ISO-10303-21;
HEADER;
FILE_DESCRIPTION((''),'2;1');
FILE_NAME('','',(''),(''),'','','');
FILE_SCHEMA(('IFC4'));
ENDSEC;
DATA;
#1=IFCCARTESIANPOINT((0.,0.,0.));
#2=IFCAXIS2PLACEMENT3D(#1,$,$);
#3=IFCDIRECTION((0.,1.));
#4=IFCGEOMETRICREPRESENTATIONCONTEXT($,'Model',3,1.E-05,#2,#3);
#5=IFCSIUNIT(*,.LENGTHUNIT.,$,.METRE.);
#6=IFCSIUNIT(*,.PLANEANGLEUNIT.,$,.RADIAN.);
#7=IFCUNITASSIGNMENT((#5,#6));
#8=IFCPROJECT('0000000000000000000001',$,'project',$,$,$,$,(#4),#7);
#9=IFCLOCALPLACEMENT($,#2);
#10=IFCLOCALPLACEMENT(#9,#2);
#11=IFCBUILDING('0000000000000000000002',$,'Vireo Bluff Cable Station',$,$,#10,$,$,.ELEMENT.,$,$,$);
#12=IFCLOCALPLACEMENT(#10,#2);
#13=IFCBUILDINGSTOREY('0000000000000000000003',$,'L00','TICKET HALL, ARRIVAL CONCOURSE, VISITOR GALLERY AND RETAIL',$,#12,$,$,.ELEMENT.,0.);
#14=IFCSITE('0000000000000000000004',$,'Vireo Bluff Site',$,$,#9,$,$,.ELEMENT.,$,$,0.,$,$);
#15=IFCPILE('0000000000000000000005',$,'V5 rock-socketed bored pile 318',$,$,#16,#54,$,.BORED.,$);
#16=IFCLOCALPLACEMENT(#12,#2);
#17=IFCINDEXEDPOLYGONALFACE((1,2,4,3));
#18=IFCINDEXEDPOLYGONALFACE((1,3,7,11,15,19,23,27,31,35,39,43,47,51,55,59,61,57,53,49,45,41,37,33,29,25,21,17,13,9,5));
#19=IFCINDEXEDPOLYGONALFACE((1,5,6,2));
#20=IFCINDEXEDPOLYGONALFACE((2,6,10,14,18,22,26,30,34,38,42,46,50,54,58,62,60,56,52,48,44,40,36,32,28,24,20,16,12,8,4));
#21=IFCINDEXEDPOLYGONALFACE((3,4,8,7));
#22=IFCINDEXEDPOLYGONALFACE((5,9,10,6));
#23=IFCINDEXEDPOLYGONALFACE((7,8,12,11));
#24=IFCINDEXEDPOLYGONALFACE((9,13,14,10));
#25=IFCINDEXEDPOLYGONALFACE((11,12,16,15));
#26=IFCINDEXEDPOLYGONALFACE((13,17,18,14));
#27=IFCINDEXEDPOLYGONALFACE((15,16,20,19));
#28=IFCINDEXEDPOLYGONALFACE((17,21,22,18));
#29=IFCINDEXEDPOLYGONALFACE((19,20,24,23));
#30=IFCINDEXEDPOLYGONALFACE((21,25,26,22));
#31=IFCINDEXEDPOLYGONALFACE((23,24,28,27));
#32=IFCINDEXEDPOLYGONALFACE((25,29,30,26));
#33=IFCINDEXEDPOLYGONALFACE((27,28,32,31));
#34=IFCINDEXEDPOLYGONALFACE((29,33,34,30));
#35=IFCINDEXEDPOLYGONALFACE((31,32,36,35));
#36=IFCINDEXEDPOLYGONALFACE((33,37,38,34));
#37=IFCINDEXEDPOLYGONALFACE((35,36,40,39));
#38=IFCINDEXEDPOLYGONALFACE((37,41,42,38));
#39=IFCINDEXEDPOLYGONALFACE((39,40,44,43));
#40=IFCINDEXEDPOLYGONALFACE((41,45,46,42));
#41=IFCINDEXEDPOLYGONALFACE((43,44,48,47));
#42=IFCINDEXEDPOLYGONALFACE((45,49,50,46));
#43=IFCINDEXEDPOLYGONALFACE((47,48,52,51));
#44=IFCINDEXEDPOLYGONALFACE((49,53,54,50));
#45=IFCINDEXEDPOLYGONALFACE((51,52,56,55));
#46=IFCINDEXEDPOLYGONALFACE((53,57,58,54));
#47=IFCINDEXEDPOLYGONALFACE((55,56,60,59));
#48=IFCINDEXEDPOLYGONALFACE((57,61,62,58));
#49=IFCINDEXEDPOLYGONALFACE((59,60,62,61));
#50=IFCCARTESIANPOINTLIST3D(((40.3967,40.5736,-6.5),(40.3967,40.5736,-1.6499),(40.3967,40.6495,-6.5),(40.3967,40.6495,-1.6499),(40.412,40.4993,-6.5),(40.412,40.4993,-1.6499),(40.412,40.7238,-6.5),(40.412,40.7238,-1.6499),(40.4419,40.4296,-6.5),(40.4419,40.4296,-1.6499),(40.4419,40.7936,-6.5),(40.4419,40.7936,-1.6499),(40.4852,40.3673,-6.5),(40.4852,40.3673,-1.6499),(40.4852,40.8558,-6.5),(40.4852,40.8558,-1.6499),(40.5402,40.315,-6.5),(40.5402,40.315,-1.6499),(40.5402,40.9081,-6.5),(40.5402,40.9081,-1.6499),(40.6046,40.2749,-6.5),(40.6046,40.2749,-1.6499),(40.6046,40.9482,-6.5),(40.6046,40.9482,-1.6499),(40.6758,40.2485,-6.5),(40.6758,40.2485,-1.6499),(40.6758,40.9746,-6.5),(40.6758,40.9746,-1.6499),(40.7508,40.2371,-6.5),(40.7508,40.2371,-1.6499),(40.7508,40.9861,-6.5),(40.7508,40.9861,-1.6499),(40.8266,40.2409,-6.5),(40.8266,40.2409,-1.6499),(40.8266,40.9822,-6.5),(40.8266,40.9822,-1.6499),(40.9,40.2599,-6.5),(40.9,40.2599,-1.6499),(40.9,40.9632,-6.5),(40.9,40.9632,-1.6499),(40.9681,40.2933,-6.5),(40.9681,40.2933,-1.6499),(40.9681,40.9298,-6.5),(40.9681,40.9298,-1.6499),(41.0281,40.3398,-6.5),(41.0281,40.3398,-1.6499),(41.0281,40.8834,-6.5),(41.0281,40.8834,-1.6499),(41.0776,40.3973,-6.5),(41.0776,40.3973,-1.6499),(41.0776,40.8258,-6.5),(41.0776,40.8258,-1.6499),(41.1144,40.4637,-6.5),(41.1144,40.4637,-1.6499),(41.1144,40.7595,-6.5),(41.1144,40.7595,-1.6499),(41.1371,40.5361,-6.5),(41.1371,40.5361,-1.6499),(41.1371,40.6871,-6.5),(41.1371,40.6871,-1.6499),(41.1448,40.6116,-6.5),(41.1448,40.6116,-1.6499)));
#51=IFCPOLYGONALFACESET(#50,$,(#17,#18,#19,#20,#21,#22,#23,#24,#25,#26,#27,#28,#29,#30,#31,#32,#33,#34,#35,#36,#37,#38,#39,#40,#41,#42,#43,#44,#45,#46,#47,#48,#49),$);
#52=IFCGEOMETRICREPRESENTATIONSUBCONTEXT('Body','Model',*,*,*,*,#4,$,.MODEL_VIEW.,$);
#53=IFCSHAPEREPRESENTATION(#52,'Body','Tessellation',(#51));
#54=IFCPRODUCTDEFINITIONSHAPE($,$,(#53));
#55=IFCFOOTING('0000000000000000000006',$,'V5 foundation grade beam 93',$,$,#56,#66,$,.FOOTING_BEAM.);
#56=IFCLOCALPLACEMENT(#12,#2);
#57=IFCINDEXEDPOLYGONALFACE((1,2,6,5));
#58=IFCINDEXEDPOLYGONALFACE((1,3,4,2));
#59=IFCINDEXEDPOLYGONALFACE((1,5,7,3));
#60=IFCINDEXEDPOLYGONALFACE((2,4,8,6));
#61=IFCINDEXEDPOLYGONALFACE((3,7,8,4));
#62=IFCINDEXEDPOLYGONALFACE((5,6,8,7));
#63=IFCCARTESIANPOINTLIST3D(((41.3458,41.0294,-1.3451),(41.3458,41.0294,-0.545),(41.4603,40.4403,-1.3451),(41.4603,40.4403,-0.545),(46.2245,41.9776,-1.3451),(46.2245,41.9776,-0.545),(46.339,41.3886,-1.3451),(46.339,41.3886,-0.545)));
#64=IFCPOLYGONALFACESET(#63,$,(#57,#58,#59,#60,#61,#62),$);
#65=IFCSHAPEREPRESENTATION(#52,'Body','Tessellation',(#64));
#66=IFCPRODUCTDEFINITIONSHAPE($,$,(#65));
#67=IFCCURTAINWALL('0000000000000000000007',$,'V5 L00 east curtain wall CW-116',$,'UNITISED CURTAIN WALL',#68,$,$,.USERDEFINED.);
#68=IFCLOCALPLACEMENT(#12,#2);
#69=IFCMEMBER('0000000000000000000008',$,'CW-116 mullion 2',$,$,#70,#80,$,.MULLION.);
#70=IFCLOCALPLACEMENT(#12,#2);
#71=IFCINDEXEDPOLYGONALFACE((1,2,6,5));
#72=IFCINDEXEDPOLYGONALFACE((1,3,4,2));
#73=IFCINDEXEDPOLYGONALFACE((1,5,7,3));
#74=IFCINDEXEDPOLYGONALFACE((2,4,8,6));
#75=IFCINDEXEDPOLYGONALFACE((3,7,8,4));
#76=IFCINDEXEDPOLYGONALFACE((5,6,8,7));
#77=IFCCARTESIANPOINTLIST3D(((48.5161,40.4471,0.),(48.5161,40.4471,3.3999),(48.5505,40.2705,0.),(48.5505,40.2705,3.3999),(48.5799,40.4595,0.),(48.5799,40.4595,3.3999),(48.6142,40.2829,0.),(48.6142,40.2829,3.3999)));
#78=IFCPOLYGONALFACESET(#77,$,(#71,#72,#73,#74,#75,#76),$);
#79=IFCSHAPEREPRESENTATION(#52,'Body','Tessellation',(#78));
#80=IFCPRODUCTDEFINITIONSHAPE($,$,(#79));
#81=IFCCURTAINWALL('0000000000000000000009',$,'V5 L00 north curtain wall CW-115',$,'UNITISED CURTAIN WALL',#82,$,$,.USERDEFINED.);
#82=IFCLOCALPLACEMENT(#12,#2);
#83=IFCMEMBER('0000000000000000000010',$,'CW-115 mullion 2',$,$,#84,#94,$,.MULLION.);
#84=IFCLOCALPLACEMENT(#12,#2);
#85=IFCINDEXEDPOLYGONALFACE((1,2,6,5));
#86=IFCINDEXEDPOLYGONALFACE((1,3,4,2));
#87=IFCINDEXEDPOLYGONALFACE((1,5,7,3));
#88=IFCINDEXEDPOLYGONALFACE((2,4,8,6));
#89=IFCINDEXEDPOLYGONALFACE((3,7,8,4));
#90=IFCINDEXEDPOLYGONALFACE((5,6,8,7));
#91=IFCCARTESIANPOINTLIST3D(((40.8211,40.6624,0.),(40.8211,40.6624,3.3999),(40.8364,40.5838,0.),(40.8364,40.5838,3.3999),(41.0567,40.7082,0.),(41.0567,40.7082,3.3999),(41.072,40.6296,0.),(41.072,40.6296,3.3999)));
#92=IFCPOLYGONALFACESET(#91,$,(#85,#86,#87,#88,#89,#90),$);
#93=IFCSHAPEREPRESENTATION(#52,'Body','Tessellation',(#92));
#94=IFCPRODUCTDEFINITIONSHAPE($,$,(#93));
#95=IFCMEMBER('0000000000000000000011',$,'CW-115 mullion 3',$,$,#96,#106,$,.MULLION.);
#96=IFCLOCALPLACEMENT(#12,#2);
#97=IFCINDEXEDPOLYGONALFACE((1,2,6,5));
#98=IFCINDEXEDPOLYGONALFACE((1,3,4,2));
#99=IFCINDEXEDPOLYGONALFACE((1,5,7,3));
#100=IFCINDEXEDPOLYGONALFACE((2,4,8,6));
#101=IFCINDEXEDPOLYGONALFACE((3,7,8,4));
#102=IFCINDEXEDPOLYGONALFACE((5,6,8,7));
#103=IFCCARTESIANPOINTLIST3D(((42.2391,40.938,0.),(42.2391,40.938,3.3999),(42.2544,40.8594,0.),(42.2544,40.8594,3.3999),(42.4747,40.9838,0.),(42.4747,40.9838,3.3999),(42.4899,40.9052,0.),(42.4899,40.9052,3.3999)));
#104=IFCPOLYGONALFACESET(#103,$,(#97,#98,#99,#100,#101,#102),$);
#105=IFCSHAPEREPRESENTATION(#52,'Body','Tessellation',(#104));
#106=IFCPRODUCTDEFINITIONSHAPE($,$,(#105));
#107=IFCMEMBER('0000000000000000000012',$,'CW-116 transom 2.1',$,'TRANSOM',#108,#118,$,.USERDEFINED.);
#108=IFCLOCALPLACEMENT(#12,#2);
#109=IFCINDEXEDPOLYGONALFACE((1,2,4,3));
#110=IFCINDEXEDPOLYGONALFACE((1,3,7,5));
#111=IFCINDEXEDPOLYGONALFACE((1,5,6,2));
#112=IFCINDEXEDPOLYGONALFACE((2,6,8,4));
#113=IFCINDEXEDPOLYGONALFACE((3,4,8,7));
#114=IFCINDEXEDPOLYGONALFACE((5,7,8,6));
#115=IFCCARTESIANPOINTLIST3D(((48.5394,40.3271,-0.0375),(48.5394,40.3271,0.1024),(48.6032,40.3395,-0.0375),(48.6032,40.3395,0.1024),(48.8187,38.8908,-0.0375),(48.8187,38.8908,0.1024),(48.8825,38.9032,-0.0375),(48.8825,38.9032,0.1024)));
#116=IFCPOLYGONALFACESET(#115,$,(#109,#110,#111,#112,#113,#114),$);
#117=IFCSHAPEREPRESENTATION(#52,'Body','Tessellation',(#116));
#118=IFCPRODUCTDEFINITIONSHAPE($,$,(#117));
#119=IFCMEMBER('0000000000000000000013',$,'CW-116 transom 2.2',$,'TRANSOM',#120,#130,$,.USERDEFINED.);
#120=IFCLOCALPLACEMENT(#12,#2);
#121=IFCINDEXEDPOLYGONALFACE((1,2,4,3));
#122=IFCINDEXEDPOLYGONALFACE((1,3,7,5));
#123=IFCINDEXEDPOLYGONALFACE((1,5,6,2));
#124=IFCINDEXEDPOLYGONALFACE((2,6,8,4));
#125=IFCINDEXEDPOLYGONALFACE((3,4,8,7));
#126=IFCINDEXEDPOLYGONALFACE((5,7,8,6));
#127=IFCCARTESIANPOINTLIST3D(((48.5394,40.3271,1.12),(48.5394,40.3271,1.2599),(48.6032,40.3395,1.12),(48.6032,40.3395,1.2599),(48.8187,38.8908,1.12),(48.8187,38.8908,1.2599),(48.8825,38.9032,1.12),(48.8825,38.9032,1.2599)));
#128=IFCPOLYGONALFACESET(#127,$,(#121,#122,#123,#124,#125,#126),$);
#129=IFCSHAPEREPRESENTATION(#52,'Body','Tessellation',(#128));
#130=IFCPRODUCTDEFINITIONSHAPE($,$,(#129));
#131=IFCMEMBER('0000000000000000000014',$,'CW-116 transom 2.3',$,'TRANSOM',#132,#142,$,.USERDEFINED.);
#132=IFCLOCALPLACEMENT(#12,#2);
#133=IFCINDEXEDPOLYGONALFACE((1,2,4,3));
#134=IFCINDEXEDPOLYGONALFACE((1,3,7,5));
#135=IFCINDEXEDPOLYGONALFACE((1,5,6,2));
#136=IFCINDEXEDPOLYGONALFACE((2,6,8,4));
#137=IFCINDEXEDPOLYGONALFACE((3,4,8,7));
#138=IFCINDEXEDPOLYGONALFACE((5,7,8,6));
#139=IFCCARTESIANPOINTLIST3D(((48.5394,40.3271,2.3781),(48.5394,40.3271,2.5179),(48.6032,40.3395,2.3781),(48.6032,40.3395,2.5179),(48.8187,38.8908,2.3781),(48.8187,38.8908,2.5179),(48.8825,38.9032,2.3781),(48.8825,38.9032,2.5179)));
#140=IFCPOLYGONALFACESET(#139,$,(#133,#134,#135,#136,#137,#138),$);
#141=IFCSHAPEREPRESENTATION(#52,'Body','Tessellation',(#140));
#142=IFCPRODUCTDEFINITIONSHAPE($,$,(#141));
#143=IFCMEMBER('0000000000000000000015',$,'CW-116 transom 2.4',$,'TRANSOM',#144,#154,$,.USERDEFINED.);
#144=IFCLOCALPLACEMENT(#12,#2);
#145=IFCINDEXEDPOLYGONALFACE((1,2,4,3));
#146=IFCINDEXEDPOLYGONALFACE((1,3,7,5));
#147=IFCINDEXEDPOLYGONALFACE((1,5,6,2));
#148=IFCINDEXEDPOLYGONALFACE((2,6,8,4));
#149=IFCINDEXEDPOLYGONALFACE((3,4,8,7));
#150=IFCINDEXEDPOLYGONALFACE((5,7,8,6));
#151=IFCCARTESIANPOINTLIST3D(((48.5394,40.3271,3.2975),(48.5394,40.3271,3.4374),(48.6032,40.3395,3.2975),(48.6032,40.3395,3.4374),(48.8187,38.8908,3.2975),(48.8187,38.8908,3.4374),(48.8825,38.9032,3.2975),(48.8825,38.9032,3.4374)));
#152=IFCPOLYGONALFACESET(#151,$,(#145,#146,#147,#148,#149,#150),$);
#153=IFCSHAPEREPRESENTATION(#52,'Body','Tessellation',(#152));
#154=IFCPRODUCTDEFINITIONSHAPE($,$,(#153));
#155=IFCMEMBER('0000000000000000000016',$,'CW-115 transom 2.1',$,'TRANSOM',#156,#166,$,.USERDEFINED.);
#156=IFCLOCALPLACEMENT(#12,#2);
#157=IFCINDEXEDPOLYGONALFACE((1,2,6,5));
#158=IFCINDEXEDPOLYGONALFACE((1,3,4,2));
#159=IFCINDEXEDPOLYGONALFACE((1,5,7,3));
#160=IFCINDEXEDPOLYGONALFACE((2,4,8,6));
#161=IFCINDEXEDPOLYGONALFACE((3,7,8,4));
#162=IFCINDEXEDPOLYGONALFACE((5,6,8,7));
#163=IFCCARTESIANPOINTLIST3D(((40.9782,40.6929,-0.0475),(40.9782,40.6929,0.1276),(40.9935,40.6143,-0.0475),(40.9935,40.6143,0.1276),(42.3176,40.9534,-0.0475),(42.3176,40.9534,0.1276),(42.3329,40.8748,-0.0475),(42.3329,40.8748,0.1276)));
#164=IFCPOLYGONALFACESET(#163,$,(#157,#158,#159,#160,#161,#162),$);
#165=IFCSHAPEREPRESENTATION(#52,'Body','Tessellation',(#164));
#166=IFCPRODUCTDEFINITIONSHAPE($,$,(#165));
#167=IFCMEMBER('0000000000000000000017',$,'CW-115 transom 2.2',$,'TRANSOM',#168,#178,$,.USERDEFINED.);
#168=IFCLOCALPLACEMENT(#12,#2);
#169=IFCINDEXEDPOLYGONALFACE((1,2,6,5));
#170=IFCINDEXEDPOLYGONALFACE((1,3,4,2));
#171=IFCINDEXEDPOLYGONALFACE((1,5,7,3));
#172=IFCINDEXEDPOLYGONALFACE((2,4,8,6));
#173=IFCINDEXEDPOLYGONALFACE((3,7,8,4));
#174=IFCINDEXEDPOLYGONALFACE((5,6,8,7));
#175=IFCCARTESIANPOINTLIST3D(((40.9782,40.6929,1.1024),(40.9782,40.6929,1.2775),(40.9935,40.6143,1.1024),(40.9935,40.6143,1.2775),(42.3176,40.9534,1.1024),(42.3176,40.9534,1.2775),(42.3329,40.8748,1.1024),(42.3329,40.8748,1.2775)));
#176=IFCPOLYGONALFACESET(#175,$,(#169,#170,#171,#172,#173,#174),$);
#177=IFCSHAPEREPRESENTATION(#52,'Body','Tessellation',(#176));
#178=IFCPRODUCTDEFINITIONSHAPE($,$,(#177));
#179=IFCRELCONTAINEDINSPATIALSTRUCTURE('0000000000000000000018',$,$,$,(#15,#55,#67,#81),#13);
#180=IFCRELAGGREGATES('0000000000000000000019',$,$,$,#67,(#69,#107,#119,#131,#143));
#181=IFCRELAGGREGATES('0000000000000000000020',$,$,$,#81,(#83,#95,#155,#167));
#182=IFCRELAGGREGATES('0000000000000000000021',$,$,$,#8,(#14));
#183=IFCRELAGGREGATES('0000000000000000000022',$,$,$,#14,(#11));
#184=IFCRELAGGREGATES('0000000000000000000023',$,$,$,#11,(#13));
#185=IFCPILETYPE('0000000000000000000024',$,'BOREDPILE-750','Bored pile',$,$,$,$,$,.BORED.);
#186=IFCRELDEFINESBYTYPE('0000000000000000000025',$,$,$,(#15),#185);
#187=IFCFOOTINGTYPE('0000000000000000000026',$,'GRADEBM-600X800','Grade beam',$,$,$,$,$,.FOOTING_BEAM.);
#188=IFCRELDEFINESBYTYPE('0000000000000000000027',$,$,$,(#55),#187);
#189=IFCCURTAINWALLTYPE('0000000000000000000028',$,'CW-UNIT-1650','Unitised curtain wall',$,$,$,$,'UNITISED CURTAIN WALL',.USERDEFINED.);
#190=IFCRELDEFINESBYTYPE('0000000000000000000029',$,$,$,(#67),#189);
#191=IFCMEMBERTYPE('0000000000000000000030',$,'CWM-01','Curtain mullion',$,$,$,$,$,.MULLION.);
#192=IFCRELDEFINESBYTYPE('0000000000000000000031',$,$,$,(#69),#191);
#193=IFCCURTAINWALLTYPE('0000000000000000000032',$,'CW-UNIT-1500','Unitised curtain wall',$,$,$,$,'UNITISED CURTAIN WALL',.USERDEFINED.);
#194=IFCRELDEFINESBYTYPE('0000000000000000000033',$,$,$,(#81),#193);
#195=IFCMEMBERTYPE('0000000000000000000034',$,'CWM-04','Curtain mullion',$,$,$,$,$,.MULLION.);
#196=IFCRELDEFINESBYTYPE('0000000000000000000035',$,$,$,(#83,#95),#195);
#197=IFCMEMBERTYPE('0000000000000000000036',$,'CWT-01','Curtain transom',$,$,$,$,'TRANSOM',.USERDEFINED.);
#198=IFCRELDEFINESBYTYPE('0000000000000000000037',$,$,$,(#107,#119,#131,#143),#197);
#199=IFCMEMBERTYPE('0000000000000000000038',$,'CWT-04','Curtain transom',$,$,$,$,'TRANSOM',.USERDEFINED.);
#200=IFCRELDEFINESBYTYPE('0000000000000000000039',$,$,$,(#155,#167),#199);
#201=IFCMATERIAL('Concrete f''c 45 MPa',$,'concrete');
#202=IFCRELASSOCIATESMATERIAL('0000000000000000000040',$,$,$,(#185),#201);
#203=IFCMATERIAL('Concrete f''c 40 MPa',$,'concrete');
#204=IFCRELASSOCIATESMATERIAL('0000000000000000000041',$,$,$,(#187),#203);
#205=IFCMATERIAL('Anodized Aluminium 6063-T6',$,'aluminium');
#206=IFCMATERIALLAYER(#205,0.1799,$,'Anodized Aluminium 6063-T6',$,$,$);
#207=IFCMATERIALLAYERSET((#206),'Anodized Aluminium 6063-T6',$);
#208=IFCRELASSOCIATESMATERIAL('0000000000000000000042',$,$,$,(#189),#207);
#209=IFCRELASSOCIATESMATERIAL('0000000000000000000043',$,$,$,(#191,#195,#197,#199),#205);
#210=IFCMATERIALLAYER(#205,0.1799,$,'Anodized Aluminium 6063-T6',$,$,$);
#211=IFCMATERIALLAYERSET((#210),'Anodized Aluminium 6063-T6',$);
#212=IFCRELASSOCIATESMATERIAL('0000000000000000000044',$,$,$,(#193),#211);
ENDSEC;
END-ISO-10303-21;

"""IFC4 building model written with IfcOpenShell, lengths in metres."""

from ifc_helpers import new_model, si_unit, direction, frame, origin, origin_2d, place, context, subcontext, project, spatial, rectangle, circle, extrude, material, layer, layer_set, material_profile, profile_set, type_object, element, aggregate, save


model = new_model("IFC4")

# Units and contexts
model_context = context("Model", 3, precision=1e-05, world=origin(), true_north=direction((0.0, 1.0)))
body_context = subcontext(model_context, "Body", "Model", "MODEL_VIEW")
ifc_project = project(units=[si_unit("LENGTHUNIT", "METRE"), si_unit("PLANEANGLEUNIT", "RADIAN")], contexts=[model_context])

# Site, building, storey
site_placement = place(None, origin())
site = spatial("IfcSite", under=ifc_project, at=site_placement, Name="Vireo Bluff Site", CompositionType="ELEMENT", RefElevation=0.0)
building_placement = place(site_placement, origin())
building = spatial("IfcBuilding", under=site, at=building_placement, Name="Vireo Bluff Cable Station", CompositionType="ELEMENT")
storey_placement = place(building_placement, origin())
storey = spatial("IfcBuildingStorey", under=building, at=storey_placement, Name="L00", Description="TICKET HALL, ARRIVAL CONCOURSE, VISITOR GALLERY AND RETAIL", CompositionType="ELEMENT", Elevation=0.0)

# Pile
ifc_material_1 = material(Name="Concrete f'c 45 MPa", Category="concrete")
ifc_material_profile_1 = material_profile(ifc_material_1, circle(Radius=0.375, at=origin_2d()), Name="BOREDPILE-750")
ifc_profile_set_1 = profile_set([ifc_material_profile_1], Name="Concrete f'c 45 MPa")
pile_type = type_object("IfcPileType", Name="BOREDPILE-750", Description="Bored pile", PredefinedType="BORED", material=ifc_profile_set_1)
pile_placement = place(storey_placement, frame((40.7698, 40.6116, -1.6499), z_axis=(0.0, 0.0, -1.0), x_axis=(1.0, 0.0, 0.0)))
element("IfcPile", 1, at=pile_placement, inside=storey, type_object=pile_type, Name="V5 rock-socketed bored pile 318", PredefinedType="BORED", context=body_context, shape_type="SweptSolid", body=[
    extrude(circle(Radius=0.375, at=origin_2d()), origin(), (0.0, 0.0, 1.0), 4.8501),
])

# Footing
ifc_material_2 = material(Name="Concrete f'c 40 MPa", Category="concrete")
ifc_material_profile_2 = material_profile(ifc_material_2, rectangle(XDim=0.6001, YDim=0.8, at=origin_2d()), Name="GRADEBM-600X800")
ifc_profile_set_2 = profile_set([ifc_material_profile_2], Name="Concrete f'c 40 MPa")
footing_type = type_object("IfcFootingType", Name="GRADEBM-600X800", Description="Grade beam", PredefinedType="FOOTING_BEAM", material=ifc_profile_set_2)
footing_placement = place(storey_placement, frame((41.4031, 40.7349, -0.9451), z_axis=(0.98163, 0.190795, 0.0), x_axis=(-0.190795, 0.98163, 0.0)))
element("IfcFooting", 2, at=footing_placement, inside=storey, type_object=footing_type, Name="V5 foundation grade beam 93", PredefinedType="FOOTING_BEAM", context=body_context, shape_type="SweptSolid", body=[
    extrude(rectangle(XDim=0.6001, YDim=0.8, at=origin_2d()), origin(), (0.0, 0.0, 1.0), 4.97),
])

# Curtain wall, member
ifc_material_3 = material(Name="Anodized Aluminium 6063-T6", Category="aluminium")
ifc_layer_1 = layer(ifc_material_3, 0.1799, Name="Anodized Aluminium 6063-T6")
ifc_layer_set_1 = layer_set([ifc_layer_1], Name="Anodized Aluminium 6063-T6")
curtain_wall_type_1 = type_object("IfcCurtainWallType", Name="CW-UNIT-1650", Description="Unitised curtain wall", ElementType="UNITISED CURTAIN WALL", PredefinedType="USERDEFINED", material=ifc_layer_set_1)
curtain_wall_1_placement = place(storey_placement, origin())
curtain_wall_1 = element("IfcCurtainWall", 3, at=curtain_wall_1_placement, inside=storey, type_object=curtain_wall_type_1, Name="V5 L00 east curtain wall CW-116", ObjectType="UNITISED CURTAIN WALL", PredefinedType="USERDEFINED")
ifc_material_profile_3 = material_profile(ifc_material_3, rectangle(XDim=0.0649, YDim=0.1799, at=origin_2d()), Name="ALU-M-65X180")
ifc_profile_set_3 = profile_set([ifc_material_profile_3], Name="Anodized Aluminium 6063-T6")
member_type_1 = type_object("IfcMemberType", Name="CWM-01", Description="Curtain mullion", PredefinedType="MULLION", material=ifc_profile_set_3)
member_1_placement = place(storey_placement, frame((48.5652, 40.365, 0.0), z_axis=(0.0, 0.0, 1.0), x_axis=(0.981627, 0.190809, 0.0)))
member_1 = element("IfcMember", 4, at=member_1_placement, type_object=member_type_1, Name="CW-116 mullion 2", PredefinedType="MULLION", context=body_context, shape_type="SweptSolid", body=[
    extrude(rectangle(XDim=0.0649, YDim=0.1799, at=origin_2d()), origin(), (0.0, 0.0, 1.0), 3.3999),
])

# Curtain wall, members
ifc_layer_2 = layer(ifc_material_3, 0.1799, Name="Anodized Aluminium 6063-T6")
ifc_layer_set_2 = layer_set([ifc_layer_2], Name="Anodized Aluminium 6063-T6")
curtain_wall_type_2 = type_object("IfcCurtainWallType", Name="CW-UNIT-1500", Description="Unitised curtain wall", ElementType="UNITISED CURTAIN WALL", PredefinedType="USERDEFINED", material=ifc_layer_set_2)
curtain_wall_2_placement = place(storey_placement, origin())
curtain_wall_2 = element("IfcCurtainWall", 5, at=curtain_wall_2_placement, inside=storey, type_object=curtain_wall_type_2, Name="V5 L00 north curtain wall CW-115", ObjectType="UNITISED CURTAIN WALL", PredefinedType="USERDEFINED")
ifc_material_profile_4 = material_profile(ifc_material_3, rectangle(XDim=0.0801, YDim=0.24, at=origin_2d()), Name="ALU-M-80X240")
ifc_profile_set_4 = profile_set([ifc_material_profile_4], Name="Anodized Aluminium 6063-T6")
member_type_2 = type_object("IfcMemberType", Name="CWM-04", Description="Curtain mullion", PredefinedType="MULLION", material=ifc_profile_set_4)
member_2_placement = place(storey_placement, frame((40.9465, 40.646, 0.0), z_axis=(0.0, 0.0, 1.0), x_axis=(-0.190809, 0.981627, 0.0)))
member_2 = element("IfcMember", 6, at=member_2_placement, type_object=member_type_2, Name="CW-115 mullion 2", PredefinedType="MULLION", context=body_context, shape_type="SweptSolid", body=[
    extrude(rectangle(XDim=0.0801, YDim=0.24, at=origin_2d()), origin(), (0.0, 0.0, 1.0), 3.3999),
])
member_3_placement = place(storey_placement, frame((42.3645, 40.9216, 0.0), z_axis=(0.0, 0.0, 1.0), x_axis=(-0.190809, 0.981627, 0.0)))
member_3 = element("IfcMember", 7, at=member_3_placement, type_object=member_type_2, Name="CW-115 mullion 3", PredefinedType="MULLION", context=body_context, shape_type="SweptSolid", body=[
    extrude(rectangle(XDim=0.0801, YDim=0.24, at=origin_2d()), origin(), (0.0, 0.0, 1.0), 3.3999),
])

# Members
ifc_material_profile_5 = material_profile(ifc_material_3, rectangle(XDim=0.0649, YDim=0.1399, at=origin_2d()), Name="ALU-T-65X140")
ifc_profile_set_5 = profile_set([ifc_material_profile_5], Name="Anodized Aluminium 6063-T6")
member_type_3 = type_object("IfcMemberType", Name="CWT-01", Description="Curtain transom", ElementType="TRANSOM", PredefinedType="USERDEFINED", material=ifc_profile_set_5)
member_4_placement = place(storey_placement, frame((48.5713, 40.3333, 0.0325), z_axis=(0.190883, -0.981613, 0.0), x_axis=(0.981613, 0.190883, 0.0)))
member_4 = element("IfcMember", 8, at=member_4_placement, type_object=member_type_3, Name="CW-116 transom 2.1", ObjectType="TRANSOM", PredefinedType="USERDEFINED", context=body_context, shape_type="SweptSolid", body=[
    extrude(rectangle(XDim=0.0649, YDim=0.1399, at=origin_2d()), origin(), (0.0, 0.0, 1.0), 1.4631),
])
member_5_placement = place(storey_placement, frame((48.5713, 40.3333, 1.1899), z_axis=(0.190883, -0.981613, 0.0), x_axis=(0.981613, 0.190883, 0.0)))
member_5 = element("IfcMember", 9, at=member_5_placement, type_object=member_type_3, Name="CW-116 transom 2.2", ObjectType="TRANSOM", PredefinedType="USERDEFINED", context=body_context, shape_type="SweptSolid", body=[
    extrude(rectangle(XDim=0.0649, YDim=0.1399, at=origin_2d()), origin(), (0.0, 0.0, 1.0), 1.4631),
])
member_6_placement = place(storey_placement, frame((48.5713, 40.3333, 2.448), z_axis=(0.190883, -0.981613, 0.0), x_axis=(0.981613, 0.190883, 0.0)))
member_6 = element("IfcMember", 10, at=member_6_placement, type_object=member_type_3, Name="CW-116 transom 2.3", ObjectType="TRANSOM", PredefinedType="USERDEFINED", context=body_context, shape_type="SweptSolid", body=[
    extrude(rectangle(XDim=0.0649, YDim=0.1399, at=origin_2d()), origin(), (0.0, 0.0, 1.0), 1.4631),
])
member_7_placement = place(storey_placement, frame((48.5713, 40.3333, 3.3674), z_axis=(0.190883, -0.981613, 0.0), x_axis=(0.981613, 0.190883, 0.0)))
member_7 = element("IfcMember", 11, at=member_7_placement, type_object=member_type_3, Name="CW-116 transom 2.4", ObjectType="TRANSOM", PredefinedType="USERDEFINED", context=body_context, shape_type="SweptSolid", body=[
    extrude(rectangle(XDim=0.0649, YDim=0.1399, at=origin_2d()), origin(), (0.0, 0.0, 1.0), 1.4631),
])
aggregate(curtain_wall_1, [member_1, member_4, member_5, member_6, member_7])
ifc_material_profile_6 = material_profile(ifc_material_3, rectangle(XDim=0.0801, YDim=0.175, at=origin_2d()), Name="ALU-T-80X175")
ifc_profile_set_6 = profile_set([ifc_material_profile_6], Name="Anodized Aluminium 6063-T6")
member_type_4 = type_object("IfcMemberType", Name="CWT-04", Description="Curtain transom", ElementType="TRANSOM", PredefinedType="USERDEFINED", material=ifc_profile_set_6)
member_8_placement = place(storey_placement, frame((40.9858, 40.6536, 0.04), z_axis=(0.981606, 0.190918, 0.0), x_axis=(-0.190918, 0.981606, 0.0)))
member_8 = element("IfcMember", 12, at=member_8_placement, type_object=member_type_4, Name="CW-115 transom 2.1", ObjectType="TRANSOM", PredefinedType="USERDEFINED", context=body_context, shape_type="SweptSolid", body=[
    extrude(rectangle(XDim=0.0801, YDim=0.175, at=origin_2d()), origin(), (0.0, 0.0, 1.0), 1.3645),
])
member_9_placement = place(storey_placement, frame((40.9858, 40.6536, 1.1899), z_axis=(0.981606, 0.190918, 0.0), x_axis=(-0.190918, 0.981606, 0.0)))
member_9 = element("IfcMember", 13, at=member_9_placement, type_object=member_type_4, Name="CW-115 transom 2.2", ObjectType="TRANSOM", PredefinedType="USERDEFINED", context=body_context, shape_type="SweptSolid", body=[
    extrude(rectangle(XDim=0.0801, YDim=0.175, at=origin_2d()), origin(), (0.0, 0.0, 1.0), 1.3645),
])

aggregate(curtain_wall_2, [member_2, member_3, member_8, member_9])

save(model, "model.ifc")
